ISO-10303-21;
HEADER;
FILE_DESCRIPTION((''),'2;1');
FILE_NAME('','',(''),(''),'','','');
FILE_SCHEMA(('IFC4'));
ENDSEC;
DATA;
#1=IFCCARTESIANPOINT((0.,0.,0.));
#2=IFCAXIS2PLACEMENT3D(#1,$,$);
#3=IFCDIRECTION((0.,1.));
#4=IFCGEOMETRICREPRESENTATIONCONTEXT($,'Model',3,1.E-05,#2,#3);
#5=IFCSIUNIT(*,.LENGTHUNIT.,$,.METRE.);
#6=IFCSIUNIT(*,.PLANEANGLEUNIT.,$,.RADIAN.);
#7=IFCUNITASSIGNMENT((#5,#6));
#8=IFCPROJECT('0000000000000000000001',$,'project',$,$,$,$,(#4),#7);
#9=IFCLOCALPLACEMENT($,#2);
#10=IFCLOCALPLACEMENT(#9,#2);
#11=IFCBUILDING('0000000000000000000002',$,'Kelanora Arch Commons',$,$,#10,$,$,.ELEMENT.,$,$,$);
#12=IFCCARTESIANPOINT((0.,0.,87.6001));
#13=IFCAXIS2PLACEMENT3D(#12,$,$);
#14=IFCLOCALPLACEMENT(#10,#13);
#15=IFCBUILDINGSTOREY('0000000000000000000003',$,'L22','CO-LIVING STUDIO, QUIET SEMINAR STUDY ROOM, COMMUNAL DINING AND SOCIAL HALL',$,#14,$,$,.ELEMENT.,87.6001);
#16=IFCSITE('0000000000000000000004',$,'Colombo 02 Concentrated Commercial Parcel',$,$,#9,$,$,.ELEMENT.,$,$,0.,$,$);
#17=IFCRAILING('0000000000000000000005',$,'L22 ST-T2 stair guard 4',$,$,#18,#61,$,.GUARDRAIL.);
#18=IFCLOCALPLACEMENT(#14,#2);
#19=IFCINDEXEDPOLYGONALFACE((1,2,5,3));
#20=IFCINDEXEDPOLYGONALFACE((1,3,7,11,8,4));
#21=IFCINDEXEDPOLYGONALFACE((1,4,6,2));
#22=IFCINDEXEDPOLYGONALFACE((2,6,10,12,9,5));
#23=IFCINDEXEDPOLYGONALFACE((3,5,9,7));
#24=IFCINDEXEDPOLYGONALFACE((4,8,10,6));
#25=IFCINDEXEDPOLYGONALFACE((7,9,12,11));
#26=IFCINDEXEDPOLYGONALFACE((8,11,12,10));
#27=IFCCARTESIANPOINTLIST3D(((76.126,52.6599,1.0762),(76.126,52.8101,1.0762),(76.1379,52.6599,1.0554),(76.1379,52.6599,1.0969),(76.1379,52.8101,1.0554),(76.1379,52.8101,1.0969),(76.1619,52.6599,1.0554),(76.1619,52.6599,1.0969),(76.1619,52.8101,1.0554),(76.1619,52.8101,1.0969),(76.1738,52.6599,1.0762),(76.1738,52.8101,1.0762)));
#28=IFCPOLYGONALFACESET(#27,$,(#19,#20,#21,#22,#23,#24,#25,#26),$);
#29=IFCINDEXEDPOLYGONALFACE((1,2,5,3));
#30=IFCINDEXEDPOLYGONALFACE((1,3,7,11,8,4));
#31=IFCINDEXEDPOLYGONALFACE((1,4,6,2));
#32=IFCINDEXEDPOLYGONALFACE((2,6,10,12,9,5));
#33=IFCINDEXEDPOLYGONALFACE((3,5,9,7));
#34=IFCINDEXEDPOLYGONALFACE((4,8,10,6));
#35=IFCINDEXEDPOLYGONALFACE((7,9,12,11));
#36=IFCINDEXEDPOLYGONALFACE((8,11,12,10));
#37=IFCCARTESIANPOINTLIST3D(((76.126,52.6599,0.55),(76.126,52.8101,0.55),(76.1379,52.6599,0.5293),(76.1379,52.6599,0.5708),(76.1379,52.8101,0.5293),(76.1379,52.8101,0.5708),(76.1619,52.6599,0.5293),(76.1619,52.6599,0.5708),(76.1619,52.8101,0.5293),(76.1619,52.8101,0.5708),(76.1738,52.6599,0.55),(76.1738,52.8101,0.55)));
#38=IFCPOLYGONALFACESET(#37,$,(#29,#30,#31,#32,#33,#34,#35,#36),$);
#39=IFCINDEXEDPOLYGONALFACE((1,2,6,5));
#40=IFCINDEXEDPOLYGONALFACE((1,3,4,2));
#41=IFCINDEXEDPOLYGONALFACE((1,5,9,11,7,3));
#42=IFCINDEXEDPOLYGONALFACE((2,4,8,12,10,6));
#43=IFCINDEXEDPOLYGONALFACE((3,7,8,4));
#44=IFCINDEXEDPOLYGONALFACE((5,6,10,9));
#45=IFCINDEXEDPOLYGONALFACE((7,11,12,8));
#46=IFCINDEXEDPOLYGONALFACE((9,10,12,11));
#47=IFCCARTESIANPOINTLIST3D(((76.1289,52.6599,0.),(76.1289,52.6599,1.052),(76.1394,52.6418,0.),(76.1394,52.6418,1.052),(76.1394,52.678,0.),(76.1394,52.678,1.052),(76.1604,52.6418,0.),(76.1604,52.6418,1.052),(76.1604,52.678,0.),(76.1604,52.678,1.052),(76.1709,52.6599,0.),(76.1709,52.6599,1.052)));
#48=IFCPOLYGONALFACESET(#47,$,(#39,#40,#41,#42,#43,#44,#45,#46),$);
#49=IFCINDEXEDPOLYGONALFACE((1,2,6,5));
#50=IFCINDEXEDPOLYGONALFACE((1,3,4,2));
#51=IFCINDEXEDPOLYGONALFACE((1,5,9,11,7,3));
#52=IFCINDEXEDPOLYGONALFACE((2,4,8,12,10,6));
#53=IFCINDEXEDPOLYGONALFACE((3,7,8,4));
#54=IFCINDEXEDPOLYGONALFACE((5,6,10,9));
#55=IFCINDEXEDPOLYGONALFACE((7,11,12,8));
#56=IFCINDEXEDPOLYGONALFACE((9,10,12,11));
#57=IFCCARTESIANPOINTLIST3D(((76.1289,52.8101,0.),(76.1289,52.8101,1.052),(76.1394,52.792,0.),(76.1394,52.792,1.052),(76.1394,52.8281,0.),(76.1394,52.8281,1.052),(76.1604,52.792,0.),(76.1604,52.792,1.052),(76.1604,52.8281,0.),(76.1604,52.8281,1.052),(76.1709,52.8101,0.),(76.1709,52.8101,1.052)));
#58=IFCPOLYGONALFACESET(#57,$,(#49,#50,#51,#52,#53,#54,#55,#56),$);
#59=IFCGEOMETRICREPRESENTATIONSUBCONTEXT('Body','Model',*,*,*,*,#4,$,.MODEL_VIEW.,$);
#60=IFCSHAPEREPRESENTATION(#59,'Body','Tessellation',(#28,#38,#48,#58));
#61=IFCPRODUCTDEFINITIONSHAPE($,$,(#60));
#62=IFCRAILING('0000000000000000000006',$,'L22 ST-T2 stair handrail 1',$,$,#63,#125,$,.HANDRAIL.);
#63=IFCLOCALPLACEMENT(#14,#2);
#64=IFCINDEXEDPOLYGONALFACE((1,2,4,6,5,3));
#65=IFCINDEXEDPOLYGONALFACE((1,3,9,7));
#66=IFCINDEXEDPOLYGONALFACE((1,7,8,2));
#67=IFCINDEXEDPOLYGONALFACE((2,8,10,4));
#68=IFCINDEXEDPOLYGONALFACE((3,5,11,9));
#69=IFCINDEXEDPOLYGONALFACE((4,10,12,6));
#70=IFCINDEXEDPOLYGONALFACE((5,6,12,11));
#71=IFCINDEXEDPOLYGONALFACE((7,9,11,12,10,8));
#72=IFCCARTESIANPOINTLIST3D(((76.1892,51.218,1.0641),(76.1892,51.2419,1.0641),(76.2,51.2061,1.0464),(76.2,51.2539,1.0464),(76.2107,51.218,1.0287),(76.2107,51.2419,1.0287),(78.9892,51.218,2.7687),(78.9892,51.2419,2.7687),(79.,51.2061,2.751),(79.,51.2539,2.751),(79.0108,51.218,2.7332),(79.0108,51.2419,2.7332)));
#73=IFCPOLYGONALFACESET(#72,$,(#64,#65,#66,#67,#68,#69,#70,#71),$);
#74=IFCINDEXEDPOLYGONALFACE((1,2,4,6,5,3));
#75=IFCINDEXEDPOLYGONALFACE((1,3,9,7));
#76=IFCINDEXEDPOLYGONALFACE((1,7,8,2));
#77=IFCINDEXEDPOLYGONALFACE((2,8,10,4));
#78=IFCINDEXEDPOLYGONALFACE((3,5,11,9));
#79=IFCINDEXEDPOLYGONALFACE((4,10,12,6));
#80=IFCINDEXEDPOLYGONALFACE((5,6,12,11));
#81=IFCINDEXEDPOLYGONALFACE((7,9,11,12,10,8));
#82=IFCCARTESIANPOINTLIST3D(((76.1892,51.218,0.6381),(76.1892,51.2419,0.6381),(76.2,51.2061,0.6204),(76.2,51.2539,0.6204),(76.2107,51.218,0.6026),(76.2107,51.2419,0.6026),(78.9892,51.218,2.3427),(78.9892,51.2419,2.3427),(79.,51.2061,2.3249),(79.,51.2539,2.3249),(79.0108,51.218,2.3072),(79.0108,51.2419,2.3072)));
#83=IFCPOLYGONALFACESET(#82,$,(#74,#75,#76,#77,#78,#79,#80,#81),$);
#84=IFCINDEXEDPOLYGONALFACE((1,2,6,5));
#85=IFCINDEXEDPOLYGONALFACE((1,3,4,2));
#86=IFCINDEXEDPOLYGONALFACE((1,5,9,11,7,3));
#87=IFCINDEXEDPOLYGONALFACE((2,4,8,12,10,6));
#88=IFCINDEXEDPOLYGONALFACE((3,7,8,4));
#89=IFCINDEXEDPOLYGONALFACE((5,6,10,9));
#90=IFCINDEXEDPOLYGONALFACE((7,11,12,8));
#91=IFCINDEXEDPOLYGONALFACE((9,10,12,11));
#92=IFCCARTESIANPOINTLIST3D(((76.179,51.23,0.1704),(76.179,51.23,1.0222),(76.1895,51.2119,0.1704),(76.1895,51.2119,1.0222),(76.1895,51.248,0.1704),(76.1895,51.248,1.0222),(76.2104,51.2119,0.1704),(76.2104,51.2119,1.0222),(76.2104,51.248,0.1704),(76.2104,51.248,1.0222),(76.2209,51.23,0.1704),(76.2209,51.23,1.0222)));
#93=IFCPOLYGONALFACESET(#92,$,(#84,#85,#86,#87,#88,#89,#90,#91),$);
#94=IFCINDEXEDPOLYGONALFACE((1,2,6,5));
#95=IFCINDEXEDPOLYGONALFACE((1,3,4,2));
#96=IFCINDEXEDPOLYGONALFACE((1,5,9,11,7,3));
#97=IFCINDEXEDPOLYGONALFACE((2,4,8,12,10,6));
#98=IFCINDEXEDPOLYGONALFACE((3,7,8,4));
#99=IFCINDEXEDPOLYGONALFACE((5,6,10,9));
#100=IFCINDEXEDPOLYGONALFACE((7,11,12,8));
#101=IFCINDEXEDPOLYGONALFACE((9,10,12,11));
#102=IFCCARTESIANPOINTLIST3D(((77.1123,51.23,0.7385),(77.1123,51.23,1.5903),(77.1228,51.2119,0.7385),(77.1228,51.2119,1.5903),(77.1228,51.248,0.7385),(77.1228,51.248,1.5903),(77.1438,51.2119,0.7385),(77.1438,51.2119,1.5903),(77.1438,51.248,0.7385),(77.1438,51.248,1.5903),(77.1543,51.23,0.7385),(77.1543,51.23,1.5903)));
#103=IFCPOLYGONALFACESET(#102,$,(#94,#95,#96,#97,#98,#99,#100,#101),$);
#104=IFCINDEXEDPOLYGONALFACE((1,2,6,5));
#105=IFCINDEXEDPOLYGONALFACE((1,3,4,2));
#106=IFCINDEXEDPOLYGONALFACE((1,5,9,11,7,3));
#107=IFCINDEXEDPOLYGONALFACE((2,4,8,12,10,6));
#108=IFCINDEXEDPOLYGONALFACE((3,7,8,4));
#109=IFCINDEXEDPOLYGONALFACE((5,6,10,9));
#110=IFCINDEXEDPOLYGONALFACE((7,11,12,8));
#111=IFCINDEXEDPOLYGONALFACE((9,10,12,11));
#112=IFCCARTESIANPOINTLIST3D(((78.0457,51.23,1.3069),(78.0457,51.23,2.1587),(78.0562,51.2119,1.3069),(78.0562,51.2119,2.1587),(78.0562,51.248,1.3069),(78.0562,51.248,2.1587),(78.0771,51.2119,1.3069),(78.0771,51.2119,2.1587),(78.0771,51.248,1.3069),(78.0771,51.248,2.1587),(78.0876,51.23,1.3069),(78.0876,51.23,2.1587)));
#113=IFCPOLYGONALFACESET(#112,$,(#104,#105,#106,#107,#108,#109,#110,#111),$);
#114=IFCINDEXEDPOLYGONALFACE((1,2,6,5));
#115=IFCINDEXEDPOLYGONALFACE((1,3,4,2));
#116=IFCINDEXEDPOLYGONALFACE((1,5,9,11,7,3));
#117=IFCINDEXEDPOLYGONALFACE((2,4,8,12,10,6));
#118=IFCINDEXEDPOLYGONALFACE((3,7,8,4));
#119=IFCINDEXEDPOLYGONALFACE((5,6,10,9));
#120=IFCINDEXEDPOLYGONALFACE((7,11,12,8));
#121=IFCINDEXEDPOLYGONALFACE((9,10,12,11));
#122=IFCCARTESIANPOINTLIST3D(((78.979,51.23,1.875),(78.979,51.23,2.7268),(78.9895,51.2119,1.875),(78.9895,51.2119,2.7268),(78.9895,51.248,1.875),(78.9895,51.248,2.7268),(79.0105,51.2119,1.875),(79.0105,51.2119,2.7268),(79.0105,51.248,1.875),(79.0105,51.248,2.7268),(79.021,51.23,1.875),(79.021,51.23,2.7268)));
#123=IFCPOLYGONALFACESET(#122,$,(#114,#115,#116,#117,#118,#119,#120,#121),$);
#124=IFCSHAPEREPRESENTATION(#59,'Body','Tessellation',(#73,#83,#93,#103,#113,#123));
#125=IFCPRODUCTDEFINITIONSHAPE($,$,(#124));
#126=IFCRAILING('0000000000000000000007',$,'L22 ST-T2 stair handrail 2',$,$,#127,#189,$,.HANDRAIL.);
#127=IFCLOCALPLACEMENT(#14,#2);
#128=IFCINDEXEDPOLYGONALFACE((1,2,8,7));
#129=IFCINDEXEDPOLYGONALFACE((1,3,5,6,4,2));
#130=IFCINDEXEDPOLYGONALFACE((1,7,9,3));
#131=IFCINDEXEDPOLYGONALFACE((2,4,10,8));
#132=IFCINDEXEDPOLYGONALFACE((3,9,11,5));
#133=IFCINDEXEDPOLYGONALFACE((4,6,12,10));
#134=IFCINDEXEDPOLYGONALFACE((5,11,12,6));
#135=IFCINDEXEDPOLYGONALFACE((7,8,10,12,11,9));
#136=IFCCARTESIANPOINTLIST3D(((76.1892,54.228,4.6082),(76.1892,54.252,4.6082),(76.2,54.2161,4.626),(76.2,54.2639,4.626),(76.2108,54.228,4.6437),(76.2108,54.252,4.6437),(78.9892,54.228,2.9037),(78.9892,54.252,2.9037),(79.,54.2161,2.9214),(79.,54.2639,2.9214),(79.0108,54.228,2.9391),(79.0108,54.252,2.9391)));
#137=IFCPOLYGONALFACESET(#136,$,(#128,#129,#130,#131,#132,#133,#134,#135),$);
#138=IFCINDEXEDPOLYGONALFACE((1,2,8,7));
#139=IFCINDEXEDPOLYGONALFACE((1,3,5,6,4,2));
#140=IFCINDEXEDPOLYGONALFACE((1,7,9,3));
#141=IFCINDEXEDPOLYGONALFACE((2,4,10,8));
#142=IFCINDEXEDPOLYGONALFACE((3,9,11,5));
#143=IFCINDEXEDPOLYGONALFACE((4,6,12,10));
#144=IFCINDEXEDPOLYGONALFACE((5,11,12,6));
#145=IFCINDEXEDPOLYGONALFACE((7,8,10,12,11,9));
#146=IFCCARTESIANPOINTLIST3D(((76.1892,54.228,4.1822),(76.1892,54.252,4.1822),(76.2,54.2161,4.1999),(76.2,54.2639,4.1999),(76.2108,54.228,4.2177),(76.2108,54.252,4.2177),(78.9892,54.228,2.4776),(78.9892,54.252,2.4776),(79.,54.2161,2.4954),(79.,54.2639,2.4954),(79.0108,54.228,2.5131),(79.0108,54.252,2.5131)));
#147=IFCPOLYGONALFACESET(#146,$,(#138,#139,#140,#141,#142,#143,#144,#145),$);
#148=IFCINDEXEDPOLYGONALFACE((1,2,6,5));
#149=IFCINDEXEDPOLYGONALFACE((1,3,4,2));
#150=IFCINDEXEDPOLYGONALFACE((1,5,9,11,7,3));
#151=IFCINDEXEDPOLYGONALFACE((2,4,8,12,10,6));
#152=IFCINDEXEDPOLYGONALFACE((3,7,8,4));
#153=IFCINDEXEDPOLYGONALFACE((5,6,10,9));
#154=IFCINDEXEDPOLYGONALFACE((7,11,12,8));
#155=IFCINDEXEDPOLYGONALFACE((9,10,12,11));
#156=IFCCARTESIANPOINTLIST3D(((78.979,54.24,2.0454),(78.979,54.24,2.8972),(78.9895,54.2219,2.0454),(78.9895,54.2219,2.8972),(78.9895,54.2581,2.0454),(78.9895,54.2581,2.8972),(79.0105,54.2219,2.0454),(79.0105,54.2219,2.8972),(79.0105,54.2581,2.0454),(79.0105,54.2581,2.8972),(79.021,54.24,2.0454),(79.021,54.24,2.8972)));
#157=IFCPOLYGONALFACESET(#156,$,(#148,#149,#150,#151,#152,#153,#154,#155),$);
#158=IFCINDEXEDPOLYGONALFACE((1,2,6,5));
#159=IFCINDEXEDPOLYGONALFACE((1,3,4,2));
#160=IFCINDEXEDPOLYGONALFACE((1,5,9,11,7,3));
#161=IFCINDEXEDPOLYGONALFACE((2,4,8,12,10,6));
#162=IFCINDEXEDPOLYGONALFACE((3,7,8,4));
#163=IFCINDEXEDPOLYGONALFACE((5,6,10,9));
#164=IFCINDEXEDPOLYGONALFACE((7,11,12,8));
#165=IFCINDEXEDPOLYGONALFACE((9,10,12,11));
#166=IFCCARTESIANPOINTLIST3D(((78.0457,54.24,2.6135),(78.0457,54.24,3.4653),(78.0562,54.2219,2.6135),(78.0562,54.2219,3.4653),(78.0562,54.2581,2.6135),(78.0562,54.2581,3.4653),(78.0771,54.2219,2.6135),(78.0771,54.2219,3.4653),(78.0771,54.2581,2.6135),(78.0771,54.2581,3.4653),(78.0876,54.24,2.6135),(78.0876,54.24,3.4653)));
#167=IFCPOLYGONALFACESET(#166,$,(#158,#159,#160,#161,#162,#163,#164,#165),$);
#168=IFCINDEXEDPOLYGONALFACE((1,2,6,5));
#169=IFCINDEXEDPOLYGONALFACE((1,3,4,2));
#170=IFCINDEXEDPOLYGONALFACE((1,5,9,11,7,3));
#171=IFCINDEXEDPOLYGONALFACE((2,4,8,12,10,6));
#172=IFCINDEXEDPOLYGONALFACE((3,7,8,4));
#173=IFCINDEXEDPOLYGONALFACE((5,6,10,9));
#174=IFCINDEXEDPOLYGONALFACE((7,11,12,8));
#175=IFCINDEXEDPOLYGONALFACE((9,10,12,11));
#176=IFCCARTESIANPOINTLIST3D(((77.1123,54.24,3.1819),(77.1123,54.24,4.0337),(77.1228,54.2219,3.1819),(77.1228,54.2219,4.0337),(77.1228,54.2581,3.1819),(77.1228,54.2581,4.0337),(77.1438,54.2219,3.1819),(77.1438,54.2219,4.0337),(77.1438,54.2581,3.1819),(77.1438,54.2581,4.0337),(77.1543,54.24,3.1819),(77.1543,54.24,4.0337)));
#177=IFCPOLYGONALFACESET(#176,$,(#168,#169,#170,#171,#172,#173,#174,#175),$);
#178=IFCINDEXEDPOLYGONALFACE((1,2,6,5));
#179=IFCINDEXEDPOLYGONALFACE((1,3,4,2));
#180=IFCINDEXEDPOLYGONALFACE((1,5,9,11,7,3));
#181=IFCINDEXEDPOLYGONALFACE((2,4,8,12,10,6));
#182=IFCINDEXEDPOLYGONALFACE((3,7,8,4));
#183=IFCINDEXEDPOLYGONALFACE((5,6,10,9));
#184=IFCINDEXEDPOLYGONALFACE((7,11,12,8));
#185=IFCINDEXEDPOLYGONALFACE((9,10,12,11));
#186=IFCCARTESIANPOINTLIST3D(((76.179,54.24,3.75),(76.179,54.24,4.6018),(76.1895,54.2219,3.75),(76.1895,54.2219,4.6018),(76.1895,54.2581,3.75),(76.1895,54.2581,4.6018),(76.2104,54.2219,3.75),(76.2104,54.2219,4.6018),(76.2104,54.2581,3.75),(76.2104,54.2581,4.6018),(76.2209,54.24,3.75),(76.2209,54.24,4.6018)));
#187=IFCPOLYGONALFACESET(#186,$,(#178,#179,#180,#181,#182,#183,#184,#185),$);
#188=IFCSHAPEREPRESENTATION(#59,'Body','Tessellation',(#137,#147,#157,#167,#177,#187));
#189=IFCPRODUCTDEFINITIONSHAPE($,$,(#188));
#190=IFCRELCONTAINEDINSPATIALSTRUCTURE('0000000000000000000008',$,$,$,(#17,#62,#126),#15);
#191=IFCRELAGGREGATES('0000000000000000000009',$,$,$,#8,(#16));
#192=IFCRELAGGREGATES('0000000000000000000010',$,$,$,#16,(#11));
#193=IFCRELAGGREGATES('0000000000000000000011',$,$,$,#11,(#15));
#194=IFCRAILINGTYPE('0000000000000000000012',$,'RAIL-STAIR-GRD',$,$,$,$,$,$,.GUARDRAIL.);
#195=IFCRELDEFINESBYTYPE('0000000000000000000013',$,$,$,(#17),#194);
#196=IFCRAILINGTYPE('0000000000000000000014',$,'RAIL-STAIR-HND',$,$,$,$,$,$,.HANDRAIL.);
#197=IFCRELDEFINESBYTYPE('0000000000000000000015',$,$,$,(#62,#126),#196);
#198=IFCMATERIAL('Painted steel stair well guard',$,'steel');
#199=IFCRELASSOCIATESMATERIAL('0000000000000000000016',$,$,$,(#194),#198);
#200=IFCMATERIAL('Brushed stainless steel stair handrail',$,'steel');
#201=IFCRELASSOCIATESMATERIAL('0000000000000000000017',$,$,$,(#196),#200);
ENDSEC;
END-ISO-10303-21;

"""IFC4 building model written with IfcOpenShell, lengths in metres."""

from ifc_helpers import new_model, si_unit, direction, frame, origin, place, context, subcontext, project, spatial, polyline, outline, extrude, material, type_object, element, save


model = new_model("IFC4")

# Units and contexts
model_context = context("Model", 3, precision=1e-05, world=origin(), true_north=direction((0.0, 1.0)))
body_context = subcontext(model_context, "Body", "Model", "MODEL_VIEW")
ifc_project = project(units=[si_unit("LENGTHUNIT", "METRE"), si_unit("PLANEANGLEUNIT", "RADIAN")], contexts=[model_context])

# Site, building, storey
site_placement = place(None, origin())
site = spatial("IfcSite", under=ifc_project, at=site_placement, Name="Colombo 02 Concentrated Commercial Parcel", CompositionType="ELEMENT", RefElevation=0.0)
building_placement = place(site_placement, origin())
building = spatial("IfcBuilding", under=site, at=building_placement, Name="Kelanora Arch Commons", CompositionType="ELEMENT")
storey_placement = place(building_placement, frame((0.0, 0.0, 87.6001)))
storey = spatial("IfcBuildingStorey", under=building, at=storey_placement, Name="L22", Description="CO-LIVING STUDIO, QUIET SEMINAR STUDY ROOM, COMMUNAL DINING AND SOCIAL HALL", CompositionType="ELEMENT", Elevation=87.6001)

# Railings
ifc_material_1 = material(Name="Painted steel stair well guard", Category="steel")
railing_type_1 = type_object("IfcRailingType", Name="RAIL-STAIR-GRD", PredefinedType="GUARDRAIL", material=ifc_material_1)
railing_1_placement = place(storey_placement, frame((76.1499, 52.6599, 0.0)))
element("IfcRailing", 1, at=railing_1_placement, inside=storey, type_object=railing_type_1, Name="L22 ST-T2 stair guard 4", PredefinedType="GUARDRAIL", context=body_context, shape_type="SweptSolid", body=[
    extrude(outline(polyline([(0.0239, 0.0), (0.012, 0.0208), (-0.012, 0.0208), (-0.0239, 0.0), (-0.012, -0.0208), (0.012, -0.0208), (0.0239, 0.0)])), frame((0.0, 0.0, 1.0762), z_axis=(0.0, 1.0, 0.0), x_axis=(-1.0, 0.0, 0.0)), (0.0, 0.0, 1.0), 0.1501),
    extrude(outline(polyline([(0.0239, 0.0), (0.012, 0.0208), (-0.012, 0.0208), (-0.0239, 0.0), (-0.012, -0.0208), (0.012, -0.0208), (0.0239, 0.0)])), frame((0.0, 0.0, 0.55), z_axis=(0.0, 1.0, 0.0), x_axis=(-1.0, 0.0, 0.0)), (0.0, 0.0, 1.0), 0.1501),
    extrude(outline(polyline([(0.021, 0.0), (0.0105, 0.0181), (-0.0105, 0.0181), (-0.021, 0.0), (-0.0105, -0.0181), (0.0105, -0.0181), (0.021, 0.0)])), origin(), (0.0, 0.0, 1.0), 1.052),
    extrude(outline(polyline([(0.021, 0.0), (0.0105, 0.0181), (-0.0105, 0.0181), (-0.021, 0.0), (-0.0105, -0.0181), (0.0105, -0.0181), (0.021, 0.0)])), frame((0.0, 0.1501, 0.0)), (0.0, 0.0, 1.0), 1.052),
])
ifc_material_2 = material(Name="Brushed stainless steel stair handrail", Category="steel")
railing_type_2 = type_object("IfcRailingType", Name="RAIL-STAIR-HND", PredefinedType="HANDRAIL", material=ifc_material_2)
railing_2_placement = place(storey_placement, frame((76.2, 51.23, 0.1704)))
element("IfcRailing", 2, at=railing_2_placement, inside=storey, type_object=railing_type_2, Name="L22 ST-T2 stair handrail 1", PredefinedType="HANDRAIL", context=body_context, shape_type="SweptSolid", body=[
    extrude(outline(polyline([(0.0239, 0.0), (0.012, 0.0208), (-0.012, 0.0208), (-0.0239, 0.0), (-0.012, -0.0208), (0.012, -0.0208), (0.0239, 0.0)])), frame((0.0, 0.0, 0.876), z_axis=(0.85417, 0.0, 0.519994), x_axis=(0.0, 1.0, 0.0)), (0.0, 0.0, 1.0), 3.2781),
    extrude(outline(polyline([(0.0239, 0.0), (0.012, 0.0208), (-0.012, 0.0208), (-0.0239, 0.0), (-0.012, -0.0208), (0.012, -0.0208), (0.0239, 0.0)])), frame((0.0, 0.0, 0.45), z_axis=(0.85417, 0.0, 0.519994), x_axis=(0.0, 1.0, 0.0)), (0.0, 0.0, 1.0), 3.2781),
    extrude(outline(polyline([(0.021, 0.0), (0.0105, 0.0181), (-0.0105, 0.0181), (-0.021, 0.0), (-0.0105, -0.0181), (0.0105, -0.0181), (0.021, 0.0)])), origin(), (0.0, 0.0, 1.0), 0.8518),
    extrude(outline(polyline([(0.021, 0.0), (0.0105, 0.0181), (-0.0105, 0.0181), (-0.021, 0.0), (-0.0105, -0.0181), (0.0105, -0.0181), (0.021, 0.0)])), frame((0.9333, 0.0, 0.5681)), (0.0, 0.0, 1.0), 0.8518),
    extrude(outline(polyline([(0.021, 0.0), (0.0105, 0.0181), (-0.0105, 0.0181), (-0.021, 0.0), (-0.0105, -0.0181), (0.0105, -0.0181), (0.021, 0.0)])), frame((1.8667, 0.0, 1.1365)), (0.0, 0.0, 1.0), 0.8518),
    extrude(outline(polyline([(0.021, 0.0), (0.0105, 0.0181), (-0.0105, 0.0181), (-0.021, 0.0), (-0.0105, -0.0181), (0.0105, -0.0181), (0.021, 0.0)])), frame((2.8, 0.0, 1.7046)), (0.0, 0.0, 1.0), 0.8518),
])
railing_3_placement = place(storey_placement, frame((79.0, 54.24, 2.0454)))
element("IfcRailing", 3, at=railing_3_placement, inside=storey, type_object=railing_type_2, Name="L22 ST-T2 stair handrail 2", PredefinedType="HANDRAIL", context=body_context, shape_type="SweptSolid", body=[
    extrude(outline(polyline([(0.0239, 0.0), (0.012, 0.0208), (-0.012, 0.0208), (-0.0239, 0.0), (-0.012, -0.0208), (0.012, -0.0208), (0.0239, 0.0)])), frame((0.0, 0.0, 0.876), z_axis=(-0.85417, 0.0, 0.519994), x_axis=(0.0, -1.0, 0.0)), (0.0, 0.0, 1.0), 3.2781),
    extrude(outline(polyline([(0.0239, 0.0), (0.012, 0.0208), (-0.012, 0.0208), (-0.0239, 0.0), (-0.012, -0.0208), (0.012, -0.0208), (0.0239, 0.0)])), frame((0.0, 0.0, 0.45), z_axis=(-0.85417, 0.0, 0.519994), x_axis=(0.0, -1.0, 0.0)), (0.0, 0.0, 1.0), 3.2781),
    extrude(outline(polyline([(0.021, 0.0), (0.0105, 0.0181), (-0.0105, 0.0181), (-0.021, 0.0), (-0.0105, -0.0181), (0.0105, -0.0181), (0.021, 0.0)])), origin(), (0.0, 0.0, 1.0), 0.8518),
    extrude(outline(polyline([(0.021, 0.0), (0.0105, 0.0181), (-0.0105, 0.0181), (-0.021, 0.0), (-0.0105, -0.0181), (0.0105, -0.0181), (0.021, 0.0)])), frame((-0.9333, 0.0, 0.5681)), (0.0, 0.0, 1.0), 0.8518),
    extrude(outline(polyline([(0.021, 0.0), (0.0105, 0.0181), (-0.0105, 0.0181), (-0.021, 0.0), (-0.0105, -0.0181), (0.0105, -0.0181), (0.021, 0.0)])), frame((-1.8667, 0.0, 1.1365)), (0.0, 0.0, 1.0), 0.8518),
    extrude(outline(polyline([(0.021, 0.0), (0.0105, 0.0181), (-0.0105, 0.0181), (-0.021, 0.0), (-0.0105, -0.0181), (0.0105, -0.0181), (0.021, 0.0)])), frame((-2.8, 0.0, 1.7046)), (0.0, 0.0, 1.0), 0.8518),
])

save(model, "model.ifc")
